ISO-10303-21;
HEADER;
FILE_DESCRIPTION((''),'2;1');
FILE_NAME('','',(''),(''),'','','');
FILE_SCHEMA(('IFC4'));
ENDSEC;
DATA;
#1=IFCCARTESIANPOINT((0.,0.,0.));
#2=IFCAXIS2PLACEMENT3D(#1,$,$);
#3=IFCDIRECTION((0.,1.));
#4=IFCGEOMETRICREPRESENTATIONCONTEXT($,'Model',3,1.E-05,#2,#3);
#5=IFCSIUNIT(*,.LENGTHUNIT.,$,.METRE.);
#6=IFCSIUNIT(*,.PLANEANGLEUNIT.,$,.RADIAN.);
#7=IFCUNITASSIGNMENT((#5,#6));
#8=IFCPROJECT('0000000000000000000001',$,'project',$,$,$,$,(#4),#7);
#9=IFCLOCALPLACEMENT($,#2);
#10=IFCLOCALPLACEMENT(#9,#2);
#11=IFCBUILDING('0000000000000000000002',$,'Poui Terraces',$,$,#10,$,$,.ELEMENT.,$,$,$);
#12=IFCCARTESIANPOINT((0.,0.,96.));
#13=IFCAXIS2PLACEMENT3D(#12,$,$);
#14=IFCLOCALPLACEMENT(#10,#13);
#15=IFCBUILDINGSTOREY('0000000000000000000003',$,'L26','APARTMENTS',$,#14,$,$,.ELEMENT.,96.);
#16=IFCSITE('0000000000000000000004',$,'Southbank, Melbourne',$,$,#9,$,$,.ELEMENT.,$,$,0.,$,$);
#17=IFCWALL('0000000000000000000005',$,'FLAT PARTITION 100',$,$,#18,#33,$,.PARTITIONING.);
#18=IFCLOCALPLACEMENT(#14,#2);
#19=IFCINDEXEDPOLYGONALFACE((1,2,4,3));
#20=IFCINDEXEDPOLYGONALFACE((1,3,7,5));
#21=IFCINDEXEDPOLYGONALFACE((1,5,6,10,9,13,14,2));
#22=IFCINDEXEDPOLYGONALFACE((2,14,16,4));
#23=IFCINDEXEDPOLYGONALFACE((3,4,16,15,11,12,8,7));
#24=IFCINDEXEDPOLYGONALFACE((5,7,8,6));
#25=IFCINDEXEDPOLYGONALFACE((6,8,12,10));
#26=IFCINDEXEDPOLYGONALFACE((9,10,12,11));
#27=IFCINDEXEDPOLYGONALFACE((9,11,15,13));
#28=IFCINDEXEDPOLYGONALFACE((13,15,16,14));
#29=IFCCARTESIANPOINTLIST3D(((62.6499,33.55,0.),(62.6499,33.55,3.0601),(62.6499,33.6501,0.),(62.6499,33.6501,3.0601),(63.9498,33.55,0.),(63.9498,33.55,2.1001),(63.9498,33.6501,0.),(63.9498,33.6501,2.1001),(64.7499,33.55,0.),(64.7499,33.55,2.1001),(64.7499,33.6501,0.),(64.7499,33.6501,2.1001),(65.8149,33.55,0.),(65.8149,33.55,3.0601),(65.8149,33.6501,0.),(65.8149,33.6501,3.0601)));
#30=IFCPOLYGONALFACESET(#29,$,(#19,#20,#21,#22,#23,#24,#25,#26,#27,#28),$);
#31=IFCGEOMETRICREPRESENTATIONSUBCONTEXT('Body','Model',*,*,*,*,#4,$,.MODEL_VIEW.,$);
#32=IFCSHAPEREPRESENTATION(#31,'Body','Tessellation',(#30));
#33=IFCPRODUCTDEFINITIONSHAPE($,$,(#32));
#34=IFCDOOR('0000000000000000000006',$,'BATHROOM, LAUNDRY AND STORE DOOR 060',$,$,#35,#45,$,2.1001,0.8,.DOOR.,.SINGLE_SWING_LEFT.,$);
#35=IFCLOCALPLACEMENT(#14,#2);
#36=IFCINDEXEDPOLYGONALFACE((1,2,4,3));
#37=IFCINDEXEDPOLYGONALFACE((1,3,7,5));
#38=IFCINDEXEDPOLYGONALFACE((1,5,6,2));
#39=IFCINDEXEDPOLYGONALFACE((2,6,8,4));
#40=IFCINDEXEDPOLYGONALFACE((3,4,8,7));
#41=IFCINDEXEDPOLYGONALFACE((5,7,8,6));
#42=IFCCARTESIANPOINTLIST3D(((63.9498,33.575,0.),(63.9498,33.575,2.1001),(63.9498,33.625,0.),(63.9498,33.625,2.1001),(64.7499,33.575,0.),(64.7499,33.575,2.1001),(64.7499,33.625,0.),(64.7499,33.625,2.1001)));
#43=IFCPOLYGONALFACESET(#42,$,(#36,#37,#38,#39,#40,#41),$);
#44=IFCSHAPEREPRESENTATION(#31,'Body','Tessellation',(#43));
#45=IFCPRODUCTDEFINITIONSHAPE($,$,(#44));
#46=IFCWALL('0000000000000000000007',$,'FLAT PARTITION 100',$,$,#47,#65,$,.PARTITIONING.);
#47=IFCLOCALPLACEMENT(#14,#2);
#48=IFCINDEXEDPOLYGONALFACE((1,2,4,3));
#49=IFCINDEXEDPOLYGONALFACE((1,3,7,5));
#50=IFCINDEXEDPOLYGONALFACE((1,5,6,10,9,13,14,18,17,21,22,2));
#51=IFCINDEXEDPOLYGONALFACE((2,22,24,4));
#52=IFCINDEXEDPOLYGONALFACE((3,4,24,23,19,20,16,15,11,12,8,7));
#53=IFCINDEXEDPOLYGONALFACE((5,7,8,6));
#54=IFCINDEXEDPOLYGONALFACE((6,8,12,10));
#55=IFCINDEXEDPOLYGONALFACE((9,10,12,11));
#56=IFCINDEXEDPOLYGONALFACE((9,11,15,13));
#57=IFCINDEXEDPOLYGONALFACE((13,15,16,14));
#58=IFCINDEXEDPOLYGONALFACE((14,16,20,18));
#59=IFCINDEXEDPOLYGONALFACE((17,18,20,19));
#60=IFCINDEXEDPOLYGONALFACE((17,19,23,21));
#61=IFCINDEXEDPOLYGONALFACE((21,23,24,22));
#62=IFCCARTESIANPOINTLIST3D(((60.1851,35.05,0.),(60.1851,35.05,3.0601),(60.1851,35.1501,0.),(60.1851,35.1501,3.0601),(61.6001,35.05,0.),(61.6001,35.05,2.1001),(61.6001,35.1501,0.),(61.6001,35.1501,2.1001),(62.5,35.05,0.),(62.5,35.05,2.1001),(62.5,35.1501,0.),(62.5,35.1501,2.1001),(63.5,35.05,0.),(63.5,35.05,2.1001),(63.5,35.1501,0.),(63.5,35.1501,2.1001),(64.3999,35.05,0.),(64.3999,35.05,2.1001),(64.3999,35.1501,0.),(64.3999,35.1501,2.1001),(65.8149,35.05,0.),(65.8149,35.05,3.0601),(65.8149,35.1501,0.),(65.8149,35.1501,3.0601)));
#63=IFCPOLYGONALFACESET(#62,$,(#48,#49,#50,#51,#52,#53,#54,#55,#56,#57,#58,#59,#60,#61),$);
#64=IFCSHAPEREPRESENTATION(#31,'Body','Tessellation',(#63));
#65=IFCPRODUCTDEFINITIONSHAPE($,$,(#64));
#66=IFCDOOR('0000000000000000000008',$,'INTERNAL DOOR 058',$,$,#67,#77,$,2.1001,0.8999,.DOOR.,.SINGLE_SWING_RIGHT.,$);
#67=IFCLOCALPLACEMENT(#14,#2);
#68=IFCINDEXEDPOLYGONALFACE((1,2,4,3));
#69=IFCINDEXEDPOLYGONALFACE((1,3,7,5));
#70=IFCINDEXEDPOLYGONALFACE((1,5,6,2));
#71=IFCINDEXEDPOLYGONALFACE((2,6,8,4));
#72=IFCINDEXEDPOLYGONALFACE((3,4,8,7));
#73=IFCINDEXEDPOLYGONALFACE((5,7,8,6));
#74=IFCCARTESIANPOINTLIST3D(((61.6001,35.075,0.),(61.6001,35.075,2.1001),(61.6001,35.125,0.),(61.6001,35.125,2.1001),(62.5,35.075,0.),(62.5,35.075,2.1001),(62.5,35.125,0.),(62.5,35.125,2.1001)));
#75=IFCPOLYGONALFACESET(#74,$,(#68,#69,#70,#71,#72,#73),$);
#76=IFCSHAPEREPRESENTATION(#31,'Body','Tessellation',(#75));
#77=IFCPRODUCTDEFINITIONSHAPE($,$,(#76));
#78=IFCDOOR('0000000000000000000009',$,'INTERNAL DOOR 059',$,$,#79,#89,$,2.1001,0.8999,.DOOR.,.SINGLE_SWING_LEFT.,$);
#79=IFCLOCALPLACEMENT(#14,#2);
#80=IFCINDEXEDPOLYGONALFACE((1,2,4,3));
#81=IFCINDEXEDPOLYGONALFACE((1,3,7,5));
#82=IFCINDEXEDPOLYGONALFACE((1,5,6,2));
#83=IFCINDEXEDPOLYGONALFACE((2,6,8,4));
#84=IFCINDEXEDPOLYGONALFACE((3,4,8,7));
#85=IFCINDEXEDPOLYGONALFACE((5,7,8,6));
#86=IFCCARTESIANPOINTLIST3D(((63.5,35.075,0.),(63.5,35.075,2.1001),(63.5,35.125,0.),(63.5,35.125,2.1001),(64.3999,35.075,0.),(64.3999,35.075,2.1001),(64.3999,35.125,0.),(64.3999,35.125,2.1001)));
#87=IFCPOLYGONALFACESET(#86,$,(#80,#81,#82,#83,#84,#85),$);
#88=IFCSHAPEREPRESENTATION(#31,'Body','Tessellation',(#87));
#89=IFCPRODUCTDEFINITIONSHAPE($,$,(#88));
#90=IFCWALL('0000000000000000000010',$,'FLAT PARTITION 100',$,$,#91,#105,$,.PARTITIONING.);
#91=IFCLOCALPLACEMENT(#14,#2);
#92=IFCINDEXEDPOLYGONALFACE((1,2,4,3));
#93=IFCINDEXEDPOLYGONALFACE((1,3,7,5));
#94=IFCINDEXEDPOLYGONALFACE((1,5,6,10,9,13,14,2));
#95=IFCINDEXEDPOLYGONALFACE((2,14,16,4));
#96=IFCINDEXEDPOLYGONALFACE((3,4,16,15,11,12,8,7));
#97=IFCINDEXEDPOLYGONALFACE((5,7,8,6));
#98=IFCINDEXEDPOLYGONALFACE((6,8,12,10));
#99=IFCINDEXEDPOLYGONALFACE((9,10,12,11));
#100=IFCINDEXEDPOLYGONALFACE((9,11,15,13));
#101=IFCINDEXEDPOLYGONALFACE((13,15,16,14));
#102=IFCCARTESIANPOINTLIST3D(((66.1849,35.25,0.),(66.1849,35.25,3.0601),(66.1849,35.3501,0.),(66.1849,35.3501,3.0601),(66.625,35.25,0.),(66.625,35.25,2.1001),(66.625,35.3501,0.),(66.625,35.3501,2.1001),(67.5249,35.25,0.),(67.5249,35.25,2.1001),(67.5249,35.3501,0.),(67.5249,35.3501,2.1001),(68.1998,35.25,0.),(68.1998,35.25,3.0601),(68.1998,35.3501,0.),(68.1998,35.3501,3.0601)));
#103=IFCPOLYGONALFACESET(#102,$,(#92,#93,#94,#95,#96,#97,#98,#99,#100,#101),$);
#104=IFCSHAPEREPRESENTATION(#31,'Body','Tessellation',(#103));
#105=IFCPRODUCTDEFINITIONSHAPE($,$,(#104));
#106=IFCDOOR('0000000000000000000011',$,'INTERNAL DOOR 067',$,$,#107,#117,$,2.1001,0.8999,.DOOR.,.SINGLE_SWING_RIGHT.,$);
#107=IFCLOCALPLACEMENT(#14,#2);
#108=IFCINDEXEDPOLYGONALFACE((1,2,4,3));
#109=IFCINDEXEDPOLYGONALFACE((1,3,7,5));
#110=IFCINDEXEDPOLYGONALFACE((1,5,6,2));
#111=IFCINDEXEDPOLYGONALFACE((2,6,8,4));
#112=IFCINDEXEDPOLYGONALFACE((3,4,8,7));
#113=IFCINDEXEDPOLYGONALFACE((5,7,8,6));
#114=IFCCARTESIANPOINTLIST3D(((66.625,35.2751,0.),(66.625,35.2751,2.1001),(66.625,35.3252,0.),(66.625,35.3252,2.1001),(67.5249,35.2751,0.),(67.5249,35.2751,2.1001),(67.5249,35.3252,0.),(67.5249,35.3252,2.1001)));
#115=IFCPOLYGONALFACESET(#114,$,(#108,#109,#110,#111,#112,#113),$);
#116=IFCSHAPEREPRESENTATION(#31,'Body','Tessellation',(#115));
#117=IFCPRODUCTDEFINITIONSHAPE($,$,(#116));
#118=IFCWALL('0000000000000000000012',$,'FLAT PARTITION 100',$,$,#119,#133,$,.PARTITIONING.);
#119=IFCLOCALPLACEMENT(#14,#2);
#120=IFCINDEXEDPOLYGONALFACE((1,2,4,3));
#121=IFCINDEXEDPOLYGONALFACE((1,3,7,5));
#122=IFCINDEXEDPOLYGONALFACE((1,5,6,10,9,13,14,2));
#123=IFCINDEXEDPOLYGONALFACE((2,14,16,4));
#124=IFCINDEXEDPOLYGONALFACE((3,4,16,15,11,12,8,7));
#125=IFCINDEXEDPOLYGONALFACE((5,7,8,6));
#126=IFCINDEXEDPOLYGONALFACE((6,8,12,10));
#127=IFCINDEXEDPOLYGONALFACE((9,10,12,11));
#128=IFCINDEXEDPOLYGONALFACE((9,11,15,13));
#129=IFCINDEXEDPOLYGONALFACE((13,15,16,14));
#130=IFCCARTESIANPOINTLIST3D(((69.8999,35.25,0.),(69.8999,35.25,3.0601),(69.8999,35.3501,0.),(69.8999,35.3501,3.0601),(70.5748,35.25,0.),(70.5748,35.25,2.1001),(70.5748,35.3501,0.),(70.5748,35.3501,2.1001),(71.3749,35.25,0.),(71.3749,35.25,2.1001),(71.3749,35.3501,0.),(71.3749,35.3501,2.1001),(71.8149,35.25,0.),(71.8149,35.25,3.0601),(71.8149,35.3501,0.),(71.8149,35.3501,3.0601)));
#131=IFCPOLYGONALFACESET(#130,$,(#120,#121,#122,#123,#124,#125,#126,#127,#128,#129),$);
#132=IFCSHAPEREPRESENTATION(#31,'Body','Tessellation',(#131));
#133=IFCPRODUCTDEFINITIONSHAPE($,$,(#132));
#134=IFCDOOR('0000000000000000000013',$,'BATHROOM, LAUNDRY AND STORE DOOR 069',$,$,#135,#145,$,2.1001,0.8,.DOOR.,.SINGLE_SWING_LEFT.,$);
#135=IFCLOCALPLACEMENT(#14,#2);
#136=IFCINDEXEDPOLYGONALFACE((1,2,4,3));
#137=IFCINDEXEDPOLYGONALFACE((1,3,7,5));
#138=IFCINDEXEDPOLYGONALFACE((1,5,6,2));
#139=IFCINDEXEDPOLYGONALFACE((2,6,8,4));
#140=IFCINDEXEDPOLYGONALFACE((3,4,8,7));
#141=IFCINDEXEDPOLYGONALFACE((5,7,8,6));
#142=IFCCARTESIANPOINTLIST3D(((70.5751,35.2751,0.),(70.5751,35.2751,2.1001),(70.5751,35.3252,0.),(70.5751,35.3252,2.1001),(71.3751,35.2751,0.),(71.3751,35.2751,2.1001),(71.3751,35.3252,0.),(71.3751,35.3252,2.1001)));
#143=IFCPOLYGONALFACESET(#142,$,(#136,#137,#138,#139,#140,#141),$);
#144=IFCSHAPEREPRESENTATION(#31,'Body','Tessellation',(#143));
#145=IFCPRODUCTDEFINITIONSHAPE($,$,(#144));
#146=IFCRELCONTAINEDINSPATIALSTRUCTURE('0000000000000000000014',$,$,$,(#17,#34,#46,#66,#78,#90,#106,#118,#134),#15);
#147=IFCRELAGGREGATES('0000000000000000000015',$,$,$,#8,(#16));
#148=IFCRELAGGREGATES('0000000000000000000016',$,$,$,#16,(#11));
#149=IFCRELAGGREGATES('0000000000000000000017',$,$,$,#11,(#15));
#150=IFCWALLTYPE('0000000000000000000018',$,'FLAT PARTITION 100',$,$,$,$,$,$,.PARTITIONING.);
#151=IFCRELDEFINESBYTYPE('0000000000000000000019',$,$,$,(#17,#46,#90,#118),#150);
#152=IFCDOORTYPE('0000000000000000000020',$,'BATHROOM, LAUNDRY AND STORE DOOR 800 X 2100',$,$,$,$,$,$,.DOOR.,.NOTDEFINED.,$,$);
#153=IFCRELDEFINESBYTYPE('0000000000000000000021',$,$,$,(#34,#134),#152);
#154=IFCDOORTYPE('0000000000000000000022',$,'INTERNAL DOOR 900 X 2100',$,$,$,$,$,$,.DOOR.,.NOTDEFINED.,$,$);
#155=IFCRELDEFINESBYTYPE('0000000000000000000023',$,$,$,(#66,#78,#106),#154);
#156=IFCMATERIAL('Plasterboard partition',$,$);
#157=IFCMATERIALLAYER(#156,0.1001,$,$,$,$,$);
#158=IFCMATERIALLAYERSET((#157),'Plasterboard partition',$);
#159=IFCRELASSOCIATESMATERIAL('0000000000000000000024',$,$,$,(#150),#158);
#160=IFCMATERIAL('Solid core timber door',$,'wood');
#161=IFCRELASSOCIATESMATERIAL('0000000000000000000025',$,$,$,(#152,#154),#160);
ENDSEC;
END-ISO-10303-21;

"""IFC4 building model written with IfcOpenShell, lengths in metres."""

from ifc_helpers import new_model, si_unit, direction, frame, frame_2d, origin, place, context, subcontext, project, spatial, rectangle, extrude, material, layer, layer_set, type_object, element, fill, save


model = new_model("IFC4")

# Units and contexts
model_context = context("Model", 3, precision=1e-05, world=origin(), true_north=direction((0.0, 1.0)))
body_context = subcontext(model_context, "Body", "Model", "MODEL_VIEW")
ifc_project = project(units=[si_unit("LENGTHUNIT", "METRE"), si_unit("PLANEANGLEUNIT", "RADIAN")], contexts=[model_context])

# Site, building, storey
site_placement = place(None, origin())
site = spatial("IfcSite", under=ifc_project, at=site_placement, Name="Southbank, Melbourne", CompositionType="ELEMENT", RefElevation=0.0)
building_placement = place(site_placement, origin())
building = spatial("IfcBuilding", under=site, at=building_placement, Name="Poui Terraces", CompositionType="ELEMENT")
storey_placement = place(building_placement, frame((0.0, 0.0, 96.0)))
storey = spatial("IfcBuildingStorey", under=building, at=storey_placement, Name="L26", Description="APARTMENTS", CompositionType="ELEMENT", Elevation=96.0)

# Wall, opening, door
ifc_material_1 = material(Name="Plasterboard partition")
ifc_layer_1 = layer(ifc_material_1, 0.1001)
ifc_layer_set_1 = layer_set([ifc_layer_1], Name="Plasterboard partition")
wall_type_1 = type_object("IfcWallType", Name="FLAT PARTITION 100", PredefinedType="PARTITIONING", material=ifc_layer_set_1)
wall_1_placement = place(storey_placement, frame((62.6499, 33.6001, 0.0), z_axis=(0.0, 0.0, 1.0), x_axis=(1.0, 0.0, 0.0)))
wall_1 = element("IfcWall", 1, at=wall_1_placement, inside=storey, type_object=wall_type_1, Name="FLAT PARTITION 100", PredefinedType="PARTITIONING", context=body_context, shape_type="SweptSolid", body=[
    extrude(rectangle(XDim=3.165, YDim=0.1001, at=frame_2d((1.5825, 0.0))), origin(), (0.0, 0.0, 1.0), 3.0601),
])
opening_1_placement = place(wall_1_placement, frame((1.3, 0.0, 0.0)))
opening_1 = element("IfcOpeningElement", 2, at=opening_1_placement, cuts=wall_1, PredefinedType="OPENING", context=body_context, shape_type="SweptSolid", body=[
    extrude(rectangle(XDim=0.8, YDim=2.1001, at=frame_2d((0.3999, 1.05))), frame((0.0, 0.0601, 0.0), z_axis=(0.0, -1.0, 0.0), x_axis=(1.0, 0.0, 0.0)), (0.0, 0.0, 1.0), 0.1201),
])
ifc_material_2 = material(Name="Solid core timber door", Category="wood")
door_type_1 = type_object("IfcDoorType", Name="BATHROOM, LAUNDRY AND STORE DOOR 800 X 2100", OperationType="NOTDEFINED", PredefinedType="DOOR", material=ifc_material_2)
door_1_placement = place(opening_1_placement, origin())
door_1 = element("IfcDoor", 3, at=door_1_placement, inside=storey, type_object=door_type_1, Name="BATHROOM, LAUNDRY AND STORE DOOR 060", OperationType="SINGLE_SWING_LEFT", OverallHeight=2.1001, OverallWidth=0.8, PredefinedType="DOOR", context=body_context, shape_type="SweptSolid", body=[
    extrude(rectangle(XDim=0.8, YDim=2.1001, at=frame_2d((0.3999, 1.05))), frame((0.0, 0.0249, 0.0), z_axis=(0.0, -1.0, 0.0), x_axis=(1.0, 0.0, 0.0)), (0.0, 0.0, 1.0), 0.05),
])
fill(opening_1, door_1)

# Wall, openings, doors
wall_2_placement = place(storey_placement, frame((60.1851, 35.1001, 0.0), z_axis=(0.0, 0.0, 1.0), x_axis=(1.0, 0.0, 0.0)))
wall_2 = element("IfcWall", 4, at=wall_2_placement, inside=storey, type_object=wall_type_1, Name="FLAT PARTITION 100", PredefinedType="PARTITIONING", context=body_context, shape_type="SweptSolid", body=[
    extrude(rectangle(XDim=5.6299, YDim=0.1001, at=frame_2d((2.8149, 0.0))), origin(), (0.0, 0.0, 1.0), 3.0601),
])
opening_2_placement = place(wall_2_placement, frame((1.415, 0.0, 0.0)))
opening_2 = element("IfcOpeningElement", 5, at=opening_2_placement, cuts=wall_2, PredefinedType="OPENING", context=body_context, shape_type="SweptSolid", body=[
    extrude(rectangle(XDim=0.8999, YDim=2.1001, at=frame_2d((0.45, 1.05))), frame((0.0, 0.0601, 0.0), z_axis=(0.0, -1.0, 0.0), x_axis=(1.0, 0.0, 0.0)), (0.0, 0.0, 1.0), 0.1201),
])
opening_3_placement = place(wall_2_placement, frame((3.3149, 0.0, 0.0)))
opening_3 = element("IfcOpeningElement", 6, at=opening_3_placement, cuts=wall_2, PredefinedType="OPENING", context=body_context, shape_type="SweptSolid", body=[
    extrude(rectangle(XDim=0.8999, YDim=2.1001, at=frame_2d((0.45, 1.05))), frame((0.0, 0.0601, 0.0), z_axis=(0.0, -1.0, 0.0), x_axis=(1.0, 0.0, 0.0)), (0.0, 0.0, 1.0), 0.1201),
])
door_type_2 = type_object("IfcDoorType", Name="INTERNAL DOOR 900 X 2100", OperationType="NOTDEFINED", PredefinedType="DOOR", material=ifc_material_2)
door_2_placement = place(opening_2_placement, origin())
door_2 = element("IfcDoor", 7, at=door_2_placement, inside=storey, type_object=door_type_2, Name="INTERNAL DOOR 058", OperationType="SINGLE_SWING_RIGHT", OverallHeight=2.1001, OverallWidth=0.8999, PredefinedType="DOOR", context=body_context, shape_type="SweptSolid", body=[
    extrude(rectangle(XDim=0.8999, YDim=2.1001, at=frame_2d((0.45, 1.05))), frame((0.0, 0.0249, 0.0), z_axis=(0.0, -1.0, 0.0), x_axis=(1.0, 0.0, 0.0)), (0.0, 0.0, 1.0), 0.05),
])
fill(opening_2, door_2)
door_3_placement = place(opening_3_placement, origin())
door_3 = element("IfcDoor", 8, at=door_3_placement, inside=storey, type_object=door_type_2, Name="INTERNAL DOOR 059", OperationType="SINGLE_SWING_LEFT", OverallHeight=2.1001, OverallWidth=0.8999, PredefinedType="DOOR", context=body_context, shape_type="SweptSolid", body=[
    extrude(rectangle(XDim=0.8999, YDim=2.1001, at=frame_2d((0.45, 1.05))), frame((0.0, 0.0249, 0.0), z_axis=(0.0, -1.0, 0.0), x_axis=(1.0, 0.0, 0.0)), (0.0, 0.0, 1.0), 0.05),
])
fill(opening_3, door_3)

# Walls, openings, doors
wall_3_placement = place(storey_placement, frame((66.1851, 35.3, 0.0), z_axis=(0.0, 0.0, 1.0), x_axis=(1.0, 0.0, 0.0)))
wall_3 = element("IfcWall", 9, at=wall_3_placement, inside=storey, type_object=wall_type_1, Name="FLAT PARTITION 100", PredefinedType="PARTITIONING", context=body_context, shape_type="SweptSolid", body=[
    extrude(rectangle(XDim=2.0149, YDim=0.1001, at=frame_2d((1.0073, 0.0))), origin(), (0.0, 0.0, 1.0), 3.0601),
])
opening_4_placement = place(wall_3_placement, frame((0.4399, 0.0, 0.0)))
opening_4 = element("IfcOpeningElement", 10, at=opening_4_placement, cuts=wall_3, PredefinedType="OPENING", context=body_context, shape_type="SweptSolid", body=[
    extrude(rectangle(XDim=0.8999, YDim=2.1001, at=frame_2d((0.45, 1.05))), frame((0.0, 0.0601, 0.0), z_axis=(0.0, -1.0, 0.0), x_axis=(1.0, 0.0, 0.0)), (0.0, 0.0, 1.0), 0.1201),
])
door_4_placement = place(opening_4_placement, frame((0.8999, 0.0, 0.0), z_axis=(0.0, 0.0, 1.0), x_axis=(-1.0, 0.0, 0.0)))
door_4 = element("IfcDoor", 11, at=door_4_placement, inside=storey, type_object=door_type_2, Name="INTERNAL DOOR 067", OperationType="SINGLE_SWING_RIGHT", OverallHeight=2.1001, OverallWidth=0.8999, PredefinedType="DOOR", context=body_context, shape_type="SweptSolid", body=[
    extrude(rectangle(XDim=0.8999, YDim=2.1001, at=frame_2d((0.45, 1.05))), frame((0.0, 0.0249, 0.0), z_axis=(0.0, -1.0, 0.0), x_axis=(1.0, 0.0, 0.0)), (0.0, 0.0, 1.0), 0.05),
])
fill(opening_4, door_4)
wall_4_placement = place(storey_placement, frame((69.8999, 35.3, 0.0), z_axis=(0.0, 0.0, 1.0), x_axis=(1.0, 0.0, 0.0)))
wall_4 = element("IfcWall", 12, at=wall_4_placement, inside=storey, type_object=wall_type_1, Name="FLAT PARTITION 100", PredefinedType="PARTITIONING", context=body_context, shape_type="SweptSolid", body=[
    extrude(rectangle(XDim=1.915, YDim=0.1001, at=frame_2d((0.9575, 0.0))), origin(), (0.0, 0.0, 1.0), 3.0601),
])
opening_5_placement = place(wall_4_placement, frame((0.675, 0.0, 0.0)))
opening_5 = element("IfcOpeningElement", 13, at=opening_5_placement, cuts=wall_4, PredefinedType="OPENING", context=body_context, shape_type="SweptSolid", body=[
    extrude(rectangle(XDim=0.8, YDim=2.1001, at=frame_2d((0.3999, 1.05))), frame((0.0, 0.0601, 0.0), z_axis=(0.0, -1.0, 0.0), x_axis=(1.0, 0.0, 0.0)), (0.0, 0.0, 1.0), 0.1201),
])
door_5_placement = place(opening_5_placement, frame((0.8, 0.0, 0.0), z_axis=(0.0, 0.0, 1.0), x_axis=(-1.0, 0.0, 0.0)))
door_5 = element("IfcDoor", 14, at=door_5_placement, inside=storey, type_object=door_type_1, Name="BATHROOM, LAUNDRY AND STORE DOOR 069", OperationType="SINGLE_SWING_LEFT", OverallHeight=2.1001, OverallWidth=0.8, PredefinedType="DOOR", context=body_context, shape_type="SweptSolid", body=[
    extrude(rectangle(XDim=0.8, YDim=2.1001, at=frame_2d((0.3999, 1.05))), frame((0.0, 0.0249, 0.0), z_axis=(0.0, -1.0, 0.0), x_axis=(1.0, 0.0, 0.0)), (0.0, 0.0, 1.0), 0.05),
])
fill(opening_5, door_5)

save(model, "model.ifc")
